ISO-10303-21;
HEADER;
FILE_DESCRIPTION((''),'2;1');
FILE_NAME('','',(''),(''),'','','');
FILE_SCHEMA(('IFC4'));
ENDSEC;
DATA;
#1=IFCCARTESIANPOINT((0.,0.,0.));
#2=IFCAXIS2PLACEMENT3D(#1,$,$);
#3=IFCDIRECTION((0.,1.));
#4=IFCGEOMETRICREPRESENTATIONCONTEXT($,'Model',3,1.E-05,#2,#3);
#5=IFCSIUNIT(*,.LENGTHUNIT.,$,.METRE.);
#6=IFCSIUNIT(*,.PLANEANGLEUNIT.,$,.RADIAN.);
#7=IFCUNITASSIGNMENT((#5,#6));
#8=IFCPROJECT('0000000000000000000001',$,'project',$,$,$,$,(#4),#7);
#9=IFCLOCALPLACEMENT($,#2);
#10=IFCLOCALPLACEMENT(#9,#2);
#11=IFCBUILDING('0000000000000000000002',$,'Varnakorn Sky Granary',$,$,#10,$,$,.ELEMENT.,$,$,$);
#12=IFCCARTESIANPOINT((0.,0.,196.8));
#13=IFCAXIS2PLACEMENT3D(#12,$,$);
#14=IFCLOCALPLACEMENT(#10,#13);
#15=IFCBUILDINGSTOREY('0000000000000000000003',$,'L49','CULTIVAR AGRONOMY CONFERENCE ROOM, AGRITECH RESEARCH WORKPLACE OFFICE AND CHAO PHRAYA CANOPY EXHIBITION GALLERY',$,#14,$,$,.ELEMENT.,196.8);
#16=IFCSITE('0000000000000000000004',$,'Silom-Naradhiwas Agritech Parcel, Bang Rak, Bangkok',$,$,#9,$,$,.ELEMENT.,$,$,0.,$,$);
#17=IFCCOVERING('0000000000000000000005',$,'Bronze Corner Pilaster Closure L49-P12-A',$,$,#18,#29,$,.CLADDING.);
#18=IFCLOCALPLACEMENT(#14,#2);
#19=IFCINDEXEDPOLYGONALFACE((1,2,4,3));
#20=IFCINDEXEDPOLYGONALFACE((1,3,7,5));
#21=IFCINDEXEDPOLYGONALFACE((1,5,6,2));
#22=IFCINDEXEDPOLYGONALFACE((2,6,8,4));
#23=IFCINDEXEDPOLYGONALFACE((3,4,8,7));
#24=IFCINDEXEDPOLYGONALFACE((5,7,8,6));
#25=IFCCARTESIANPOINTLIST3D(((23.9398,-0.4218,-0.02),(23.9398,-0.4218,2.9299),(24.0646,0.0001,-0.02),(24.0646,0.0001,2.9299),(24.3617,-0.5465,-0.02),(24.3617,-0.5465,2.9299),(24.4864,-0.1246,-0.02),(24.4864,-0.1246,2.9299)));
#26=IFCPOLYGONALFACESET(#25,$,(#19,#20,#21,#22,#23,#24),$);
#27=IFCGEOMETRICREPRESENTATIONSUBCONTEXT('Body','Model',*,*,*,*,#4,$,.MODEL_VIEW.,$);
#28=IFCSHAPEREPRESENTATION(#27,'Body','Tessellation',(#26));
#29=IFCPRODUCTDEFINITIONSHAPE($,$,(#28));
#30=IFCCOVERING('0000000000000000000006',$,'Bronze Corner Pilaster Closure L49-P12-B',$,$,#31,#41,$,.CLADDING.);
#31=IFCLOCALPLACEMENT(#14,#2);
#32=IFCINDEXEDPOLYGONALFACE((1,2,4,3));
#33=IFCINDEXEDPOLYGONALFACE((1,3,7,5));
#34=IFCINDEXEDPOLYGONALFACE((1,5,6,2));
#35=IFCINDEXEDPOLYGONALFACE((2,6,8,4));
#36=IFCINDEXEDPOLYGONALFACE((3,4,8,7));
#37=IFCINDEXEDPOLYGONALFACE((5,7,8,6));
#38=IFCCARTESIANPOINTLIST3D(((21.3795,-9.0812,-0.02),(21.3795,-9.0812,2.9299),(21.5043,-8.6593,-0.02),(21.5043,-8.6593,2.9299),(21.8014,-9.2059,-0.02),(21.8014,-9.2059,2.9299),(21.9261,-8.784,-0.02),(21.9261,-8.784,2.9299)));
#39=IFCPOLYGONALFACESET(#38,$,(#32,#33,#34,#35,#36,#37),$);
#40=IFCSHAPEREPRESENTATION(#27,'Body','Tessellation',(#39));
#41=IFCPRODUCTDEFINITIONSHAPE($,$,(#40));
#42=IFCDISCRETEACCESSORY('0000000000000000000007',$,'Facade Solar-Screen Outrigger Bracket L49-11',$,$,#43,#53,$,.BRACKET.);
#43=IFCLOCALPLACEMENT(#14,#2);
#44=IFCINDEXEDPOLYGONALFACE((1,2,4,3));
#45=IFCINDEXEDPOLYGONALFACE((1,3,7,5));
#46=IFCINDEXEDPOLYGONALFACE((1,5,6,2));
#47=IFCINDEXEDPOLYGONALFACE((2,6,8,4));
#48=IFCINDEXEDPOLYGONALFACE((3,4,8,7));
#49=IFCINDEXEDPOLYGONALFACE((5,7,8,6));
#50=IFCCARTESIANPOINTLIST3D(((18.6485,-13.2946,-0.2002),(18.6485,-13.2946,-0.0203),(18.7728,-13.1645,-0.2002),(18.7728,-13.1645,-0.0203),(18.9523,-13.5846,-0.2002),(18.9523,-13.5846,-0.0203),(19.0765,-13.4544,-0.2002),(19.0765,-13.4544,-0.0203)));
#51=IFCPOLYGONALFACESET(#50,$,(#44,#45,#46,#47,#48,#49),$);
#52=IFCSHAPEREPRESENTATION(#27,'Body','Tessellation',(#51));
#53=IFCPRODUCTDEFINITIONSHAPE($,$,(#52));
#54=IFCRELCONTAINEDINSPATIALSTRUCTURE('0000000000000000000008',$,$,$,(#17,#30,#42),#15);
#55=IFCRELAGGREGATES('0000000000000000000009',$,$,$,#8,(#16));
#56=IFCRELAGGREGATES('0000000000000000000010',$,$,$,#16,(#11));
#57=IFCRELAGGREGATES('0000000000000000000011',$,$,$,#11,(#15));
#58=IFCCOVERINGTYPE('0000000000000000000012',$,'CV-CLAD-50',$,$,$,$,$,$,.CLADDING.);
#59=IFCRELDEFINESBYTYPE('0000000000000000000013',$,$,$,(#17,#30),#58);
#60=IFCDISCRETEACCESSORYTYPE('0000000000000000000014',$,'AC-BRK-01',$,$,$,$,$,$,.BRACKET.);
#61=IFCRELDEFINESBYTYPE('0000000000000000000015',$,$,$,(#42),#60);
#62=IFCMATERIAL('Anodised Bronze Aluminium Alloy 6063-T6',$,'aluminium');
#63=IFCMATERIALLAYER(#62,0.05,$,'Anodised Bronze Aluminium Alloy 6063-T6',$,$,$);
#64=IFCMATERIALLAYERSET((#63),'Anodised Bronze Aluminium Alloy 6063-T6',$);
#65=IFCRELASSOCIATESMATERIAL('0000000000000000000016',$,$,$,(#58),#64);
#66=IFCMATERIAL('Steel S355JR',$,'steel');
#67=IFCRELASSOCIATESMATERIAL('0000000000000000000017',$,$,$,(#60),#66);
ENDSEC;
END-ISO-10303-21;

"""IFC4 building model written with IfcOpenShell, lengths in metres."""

from ifc_helpers import new_model, si_unit, direction, frame, origin, origin_2d, place, context, subcontext, project, spatial, rectangle, extrude, source, transform, mapped, material, layer, layer_set, type_object, type_shapes, element, save


model = new_model("IFC4")

# Units and contexts
model_context = context("Model", 3, precision=1e-05, world=origin(), true_north=direction((0.0, 1.0)))
body_context = subcontext(model_context, "Body", "Model", "MODEL_VIEW")
ifc_project = project(units=[si_unit("LENGTHUNIT", "METRE"), si_unit("PLANEANGLEUNIT", "RADIAN")], contexts=[model_context])

# Site, building, storey
site_placement = place(None, origin())
site = spatial("IfcSite", under=ifc_project, at=site_placement, Name="Silom-Naradhiwas Agritech Parcel, Bang Rak, Bangkok", CompositionType="ELEMENT", RefElevation=0.0)
building_placement = place(site_placement, origin())
building = spatial("IfcBuilding", under=site, at=building_placement, Name="Varnakorn Sky Granary", CompositionType="ELEMENT")
storey_placement = place(building_placement, frame((0.0, 0.0, 196.8)))
storey = spatial("IfcBuildingStorey", under=building, at=storey_placement, Name="L49", Description="CULTIVAR AGRONOMY CONFERENCE ROOM, AGRITECH RESEARCH WORKPLACE OFFICE AND CHAO PHRAYA CANOPY EXHIBITION GALLERY", CompositionType="ELEMENT", Elevation=196.8)

# Shared definitions
ifc_material_1 = material(Name="Steel S355JR", Category="steel")

# Shared definitions
ifc_material_2 = material(Name="Anodised Bronze Aluminium Alloy 6063-T6", Category="aluminium")

# Coverings
ifc_layer_1 = layer(ifc_material_2, 0.05, Name="Anodised Bronze Aluminium Alloy 6063-T6")
ifc_layer_set_1 = layer_set([ifc_layer_1], Name="Anodised Bronze Aluminium Alloy 6063-T6")
covering_type = type_object("IfcCoveringType", Name="CV-CLAD-50", PredefinedType="CLADDING", material=ifc_layer_set_1)
shared_shape_1 = source(origin(), body_context, "Body", "SweptSolid", [
    extrude(rectangle(XDim=0.4399, YDim=0.4399, at=origin_2d()), origin(), (0.0, 0.0, 1.0), 2.95),
])
type_shapes(covering_type, [shared_shape_1])
for number, where, z_axis, x_axis, name in (
    (1, (24.2131, -0.2732, -0.02), (0.0, 0.0, 1.0), (-0.283513, -0.958968, 0.0), "Bronze Corner Pilaster Closure L49-P12-A"),
    (2, (21.6528, -8.9326, -0.02), (0.0, 0.0, 1.0), (-0.283513, -0.958968, 0.0), "Bronze Corner Pilaster Closure L49-P12-B"),
):
    element("IfcCovering", number, at=place(storey_placement, frame(where, z_axis=z_axis, x_axis=x_axis)), inside=storey, type_object=covering_type, Name=name, PredefinedType="CLADDING", context=body_context, shape_type="MappedRepresentation", body=[
        mapped(shared_shape_1, transform((0.0, 0.0, 0.0), x_axis=(1.0, 0.0, 0.0), y_axis=(0.0, 1.0, 0.0), z_axis=(0.0, 0.0, 1.0), scale=1.0)),
    ])

# Discrete accessory
discrete_accessory_type = type_object("IfcDiscreteAccessoryType", Name="AC-BRK-01", PredefinedType="BRACKET", material=ifc_material_1)
shared_shape_2 = source(origin(), body_context, "Body", "SweptSolid", [
    extrude(rectangle(XDim=0.1799, YDim=0.4199, at=origin_2d()), origin(), (0.0, 0.0, 1.0), 0.1799),
])
type_shapes(discrete_accessory_type, [shared_shape_2])
discrete_accessory_placement = place(storey_placement, frame((18.8625, -13.3745, -0.2002), z_axis=(0.0, 0.0, 1.0), x_axis=(0.69044, 0.72339, 0.0)))
element("IfcDiscreteAccessory", 3, at=discrete_accessory_placement, inside=storey, type_object=discrete_accessory_type, Name="Facade Solar-Screen Outrigger Bracket L49-11", PredefinedType="BRACKET", context=body_context, shape_type="MappedRepresentation", body=[
    mapped(shared_shape_2, transform((0.0, 0.0, 0.0), x_axis=(1.0, 0.0, 0.0), y_axis=(0.0, 1.0, 0.0), z_axis=(0.0, 0.0, 1.0), scale=1.0)),
])

save(model, "model.ifc")
